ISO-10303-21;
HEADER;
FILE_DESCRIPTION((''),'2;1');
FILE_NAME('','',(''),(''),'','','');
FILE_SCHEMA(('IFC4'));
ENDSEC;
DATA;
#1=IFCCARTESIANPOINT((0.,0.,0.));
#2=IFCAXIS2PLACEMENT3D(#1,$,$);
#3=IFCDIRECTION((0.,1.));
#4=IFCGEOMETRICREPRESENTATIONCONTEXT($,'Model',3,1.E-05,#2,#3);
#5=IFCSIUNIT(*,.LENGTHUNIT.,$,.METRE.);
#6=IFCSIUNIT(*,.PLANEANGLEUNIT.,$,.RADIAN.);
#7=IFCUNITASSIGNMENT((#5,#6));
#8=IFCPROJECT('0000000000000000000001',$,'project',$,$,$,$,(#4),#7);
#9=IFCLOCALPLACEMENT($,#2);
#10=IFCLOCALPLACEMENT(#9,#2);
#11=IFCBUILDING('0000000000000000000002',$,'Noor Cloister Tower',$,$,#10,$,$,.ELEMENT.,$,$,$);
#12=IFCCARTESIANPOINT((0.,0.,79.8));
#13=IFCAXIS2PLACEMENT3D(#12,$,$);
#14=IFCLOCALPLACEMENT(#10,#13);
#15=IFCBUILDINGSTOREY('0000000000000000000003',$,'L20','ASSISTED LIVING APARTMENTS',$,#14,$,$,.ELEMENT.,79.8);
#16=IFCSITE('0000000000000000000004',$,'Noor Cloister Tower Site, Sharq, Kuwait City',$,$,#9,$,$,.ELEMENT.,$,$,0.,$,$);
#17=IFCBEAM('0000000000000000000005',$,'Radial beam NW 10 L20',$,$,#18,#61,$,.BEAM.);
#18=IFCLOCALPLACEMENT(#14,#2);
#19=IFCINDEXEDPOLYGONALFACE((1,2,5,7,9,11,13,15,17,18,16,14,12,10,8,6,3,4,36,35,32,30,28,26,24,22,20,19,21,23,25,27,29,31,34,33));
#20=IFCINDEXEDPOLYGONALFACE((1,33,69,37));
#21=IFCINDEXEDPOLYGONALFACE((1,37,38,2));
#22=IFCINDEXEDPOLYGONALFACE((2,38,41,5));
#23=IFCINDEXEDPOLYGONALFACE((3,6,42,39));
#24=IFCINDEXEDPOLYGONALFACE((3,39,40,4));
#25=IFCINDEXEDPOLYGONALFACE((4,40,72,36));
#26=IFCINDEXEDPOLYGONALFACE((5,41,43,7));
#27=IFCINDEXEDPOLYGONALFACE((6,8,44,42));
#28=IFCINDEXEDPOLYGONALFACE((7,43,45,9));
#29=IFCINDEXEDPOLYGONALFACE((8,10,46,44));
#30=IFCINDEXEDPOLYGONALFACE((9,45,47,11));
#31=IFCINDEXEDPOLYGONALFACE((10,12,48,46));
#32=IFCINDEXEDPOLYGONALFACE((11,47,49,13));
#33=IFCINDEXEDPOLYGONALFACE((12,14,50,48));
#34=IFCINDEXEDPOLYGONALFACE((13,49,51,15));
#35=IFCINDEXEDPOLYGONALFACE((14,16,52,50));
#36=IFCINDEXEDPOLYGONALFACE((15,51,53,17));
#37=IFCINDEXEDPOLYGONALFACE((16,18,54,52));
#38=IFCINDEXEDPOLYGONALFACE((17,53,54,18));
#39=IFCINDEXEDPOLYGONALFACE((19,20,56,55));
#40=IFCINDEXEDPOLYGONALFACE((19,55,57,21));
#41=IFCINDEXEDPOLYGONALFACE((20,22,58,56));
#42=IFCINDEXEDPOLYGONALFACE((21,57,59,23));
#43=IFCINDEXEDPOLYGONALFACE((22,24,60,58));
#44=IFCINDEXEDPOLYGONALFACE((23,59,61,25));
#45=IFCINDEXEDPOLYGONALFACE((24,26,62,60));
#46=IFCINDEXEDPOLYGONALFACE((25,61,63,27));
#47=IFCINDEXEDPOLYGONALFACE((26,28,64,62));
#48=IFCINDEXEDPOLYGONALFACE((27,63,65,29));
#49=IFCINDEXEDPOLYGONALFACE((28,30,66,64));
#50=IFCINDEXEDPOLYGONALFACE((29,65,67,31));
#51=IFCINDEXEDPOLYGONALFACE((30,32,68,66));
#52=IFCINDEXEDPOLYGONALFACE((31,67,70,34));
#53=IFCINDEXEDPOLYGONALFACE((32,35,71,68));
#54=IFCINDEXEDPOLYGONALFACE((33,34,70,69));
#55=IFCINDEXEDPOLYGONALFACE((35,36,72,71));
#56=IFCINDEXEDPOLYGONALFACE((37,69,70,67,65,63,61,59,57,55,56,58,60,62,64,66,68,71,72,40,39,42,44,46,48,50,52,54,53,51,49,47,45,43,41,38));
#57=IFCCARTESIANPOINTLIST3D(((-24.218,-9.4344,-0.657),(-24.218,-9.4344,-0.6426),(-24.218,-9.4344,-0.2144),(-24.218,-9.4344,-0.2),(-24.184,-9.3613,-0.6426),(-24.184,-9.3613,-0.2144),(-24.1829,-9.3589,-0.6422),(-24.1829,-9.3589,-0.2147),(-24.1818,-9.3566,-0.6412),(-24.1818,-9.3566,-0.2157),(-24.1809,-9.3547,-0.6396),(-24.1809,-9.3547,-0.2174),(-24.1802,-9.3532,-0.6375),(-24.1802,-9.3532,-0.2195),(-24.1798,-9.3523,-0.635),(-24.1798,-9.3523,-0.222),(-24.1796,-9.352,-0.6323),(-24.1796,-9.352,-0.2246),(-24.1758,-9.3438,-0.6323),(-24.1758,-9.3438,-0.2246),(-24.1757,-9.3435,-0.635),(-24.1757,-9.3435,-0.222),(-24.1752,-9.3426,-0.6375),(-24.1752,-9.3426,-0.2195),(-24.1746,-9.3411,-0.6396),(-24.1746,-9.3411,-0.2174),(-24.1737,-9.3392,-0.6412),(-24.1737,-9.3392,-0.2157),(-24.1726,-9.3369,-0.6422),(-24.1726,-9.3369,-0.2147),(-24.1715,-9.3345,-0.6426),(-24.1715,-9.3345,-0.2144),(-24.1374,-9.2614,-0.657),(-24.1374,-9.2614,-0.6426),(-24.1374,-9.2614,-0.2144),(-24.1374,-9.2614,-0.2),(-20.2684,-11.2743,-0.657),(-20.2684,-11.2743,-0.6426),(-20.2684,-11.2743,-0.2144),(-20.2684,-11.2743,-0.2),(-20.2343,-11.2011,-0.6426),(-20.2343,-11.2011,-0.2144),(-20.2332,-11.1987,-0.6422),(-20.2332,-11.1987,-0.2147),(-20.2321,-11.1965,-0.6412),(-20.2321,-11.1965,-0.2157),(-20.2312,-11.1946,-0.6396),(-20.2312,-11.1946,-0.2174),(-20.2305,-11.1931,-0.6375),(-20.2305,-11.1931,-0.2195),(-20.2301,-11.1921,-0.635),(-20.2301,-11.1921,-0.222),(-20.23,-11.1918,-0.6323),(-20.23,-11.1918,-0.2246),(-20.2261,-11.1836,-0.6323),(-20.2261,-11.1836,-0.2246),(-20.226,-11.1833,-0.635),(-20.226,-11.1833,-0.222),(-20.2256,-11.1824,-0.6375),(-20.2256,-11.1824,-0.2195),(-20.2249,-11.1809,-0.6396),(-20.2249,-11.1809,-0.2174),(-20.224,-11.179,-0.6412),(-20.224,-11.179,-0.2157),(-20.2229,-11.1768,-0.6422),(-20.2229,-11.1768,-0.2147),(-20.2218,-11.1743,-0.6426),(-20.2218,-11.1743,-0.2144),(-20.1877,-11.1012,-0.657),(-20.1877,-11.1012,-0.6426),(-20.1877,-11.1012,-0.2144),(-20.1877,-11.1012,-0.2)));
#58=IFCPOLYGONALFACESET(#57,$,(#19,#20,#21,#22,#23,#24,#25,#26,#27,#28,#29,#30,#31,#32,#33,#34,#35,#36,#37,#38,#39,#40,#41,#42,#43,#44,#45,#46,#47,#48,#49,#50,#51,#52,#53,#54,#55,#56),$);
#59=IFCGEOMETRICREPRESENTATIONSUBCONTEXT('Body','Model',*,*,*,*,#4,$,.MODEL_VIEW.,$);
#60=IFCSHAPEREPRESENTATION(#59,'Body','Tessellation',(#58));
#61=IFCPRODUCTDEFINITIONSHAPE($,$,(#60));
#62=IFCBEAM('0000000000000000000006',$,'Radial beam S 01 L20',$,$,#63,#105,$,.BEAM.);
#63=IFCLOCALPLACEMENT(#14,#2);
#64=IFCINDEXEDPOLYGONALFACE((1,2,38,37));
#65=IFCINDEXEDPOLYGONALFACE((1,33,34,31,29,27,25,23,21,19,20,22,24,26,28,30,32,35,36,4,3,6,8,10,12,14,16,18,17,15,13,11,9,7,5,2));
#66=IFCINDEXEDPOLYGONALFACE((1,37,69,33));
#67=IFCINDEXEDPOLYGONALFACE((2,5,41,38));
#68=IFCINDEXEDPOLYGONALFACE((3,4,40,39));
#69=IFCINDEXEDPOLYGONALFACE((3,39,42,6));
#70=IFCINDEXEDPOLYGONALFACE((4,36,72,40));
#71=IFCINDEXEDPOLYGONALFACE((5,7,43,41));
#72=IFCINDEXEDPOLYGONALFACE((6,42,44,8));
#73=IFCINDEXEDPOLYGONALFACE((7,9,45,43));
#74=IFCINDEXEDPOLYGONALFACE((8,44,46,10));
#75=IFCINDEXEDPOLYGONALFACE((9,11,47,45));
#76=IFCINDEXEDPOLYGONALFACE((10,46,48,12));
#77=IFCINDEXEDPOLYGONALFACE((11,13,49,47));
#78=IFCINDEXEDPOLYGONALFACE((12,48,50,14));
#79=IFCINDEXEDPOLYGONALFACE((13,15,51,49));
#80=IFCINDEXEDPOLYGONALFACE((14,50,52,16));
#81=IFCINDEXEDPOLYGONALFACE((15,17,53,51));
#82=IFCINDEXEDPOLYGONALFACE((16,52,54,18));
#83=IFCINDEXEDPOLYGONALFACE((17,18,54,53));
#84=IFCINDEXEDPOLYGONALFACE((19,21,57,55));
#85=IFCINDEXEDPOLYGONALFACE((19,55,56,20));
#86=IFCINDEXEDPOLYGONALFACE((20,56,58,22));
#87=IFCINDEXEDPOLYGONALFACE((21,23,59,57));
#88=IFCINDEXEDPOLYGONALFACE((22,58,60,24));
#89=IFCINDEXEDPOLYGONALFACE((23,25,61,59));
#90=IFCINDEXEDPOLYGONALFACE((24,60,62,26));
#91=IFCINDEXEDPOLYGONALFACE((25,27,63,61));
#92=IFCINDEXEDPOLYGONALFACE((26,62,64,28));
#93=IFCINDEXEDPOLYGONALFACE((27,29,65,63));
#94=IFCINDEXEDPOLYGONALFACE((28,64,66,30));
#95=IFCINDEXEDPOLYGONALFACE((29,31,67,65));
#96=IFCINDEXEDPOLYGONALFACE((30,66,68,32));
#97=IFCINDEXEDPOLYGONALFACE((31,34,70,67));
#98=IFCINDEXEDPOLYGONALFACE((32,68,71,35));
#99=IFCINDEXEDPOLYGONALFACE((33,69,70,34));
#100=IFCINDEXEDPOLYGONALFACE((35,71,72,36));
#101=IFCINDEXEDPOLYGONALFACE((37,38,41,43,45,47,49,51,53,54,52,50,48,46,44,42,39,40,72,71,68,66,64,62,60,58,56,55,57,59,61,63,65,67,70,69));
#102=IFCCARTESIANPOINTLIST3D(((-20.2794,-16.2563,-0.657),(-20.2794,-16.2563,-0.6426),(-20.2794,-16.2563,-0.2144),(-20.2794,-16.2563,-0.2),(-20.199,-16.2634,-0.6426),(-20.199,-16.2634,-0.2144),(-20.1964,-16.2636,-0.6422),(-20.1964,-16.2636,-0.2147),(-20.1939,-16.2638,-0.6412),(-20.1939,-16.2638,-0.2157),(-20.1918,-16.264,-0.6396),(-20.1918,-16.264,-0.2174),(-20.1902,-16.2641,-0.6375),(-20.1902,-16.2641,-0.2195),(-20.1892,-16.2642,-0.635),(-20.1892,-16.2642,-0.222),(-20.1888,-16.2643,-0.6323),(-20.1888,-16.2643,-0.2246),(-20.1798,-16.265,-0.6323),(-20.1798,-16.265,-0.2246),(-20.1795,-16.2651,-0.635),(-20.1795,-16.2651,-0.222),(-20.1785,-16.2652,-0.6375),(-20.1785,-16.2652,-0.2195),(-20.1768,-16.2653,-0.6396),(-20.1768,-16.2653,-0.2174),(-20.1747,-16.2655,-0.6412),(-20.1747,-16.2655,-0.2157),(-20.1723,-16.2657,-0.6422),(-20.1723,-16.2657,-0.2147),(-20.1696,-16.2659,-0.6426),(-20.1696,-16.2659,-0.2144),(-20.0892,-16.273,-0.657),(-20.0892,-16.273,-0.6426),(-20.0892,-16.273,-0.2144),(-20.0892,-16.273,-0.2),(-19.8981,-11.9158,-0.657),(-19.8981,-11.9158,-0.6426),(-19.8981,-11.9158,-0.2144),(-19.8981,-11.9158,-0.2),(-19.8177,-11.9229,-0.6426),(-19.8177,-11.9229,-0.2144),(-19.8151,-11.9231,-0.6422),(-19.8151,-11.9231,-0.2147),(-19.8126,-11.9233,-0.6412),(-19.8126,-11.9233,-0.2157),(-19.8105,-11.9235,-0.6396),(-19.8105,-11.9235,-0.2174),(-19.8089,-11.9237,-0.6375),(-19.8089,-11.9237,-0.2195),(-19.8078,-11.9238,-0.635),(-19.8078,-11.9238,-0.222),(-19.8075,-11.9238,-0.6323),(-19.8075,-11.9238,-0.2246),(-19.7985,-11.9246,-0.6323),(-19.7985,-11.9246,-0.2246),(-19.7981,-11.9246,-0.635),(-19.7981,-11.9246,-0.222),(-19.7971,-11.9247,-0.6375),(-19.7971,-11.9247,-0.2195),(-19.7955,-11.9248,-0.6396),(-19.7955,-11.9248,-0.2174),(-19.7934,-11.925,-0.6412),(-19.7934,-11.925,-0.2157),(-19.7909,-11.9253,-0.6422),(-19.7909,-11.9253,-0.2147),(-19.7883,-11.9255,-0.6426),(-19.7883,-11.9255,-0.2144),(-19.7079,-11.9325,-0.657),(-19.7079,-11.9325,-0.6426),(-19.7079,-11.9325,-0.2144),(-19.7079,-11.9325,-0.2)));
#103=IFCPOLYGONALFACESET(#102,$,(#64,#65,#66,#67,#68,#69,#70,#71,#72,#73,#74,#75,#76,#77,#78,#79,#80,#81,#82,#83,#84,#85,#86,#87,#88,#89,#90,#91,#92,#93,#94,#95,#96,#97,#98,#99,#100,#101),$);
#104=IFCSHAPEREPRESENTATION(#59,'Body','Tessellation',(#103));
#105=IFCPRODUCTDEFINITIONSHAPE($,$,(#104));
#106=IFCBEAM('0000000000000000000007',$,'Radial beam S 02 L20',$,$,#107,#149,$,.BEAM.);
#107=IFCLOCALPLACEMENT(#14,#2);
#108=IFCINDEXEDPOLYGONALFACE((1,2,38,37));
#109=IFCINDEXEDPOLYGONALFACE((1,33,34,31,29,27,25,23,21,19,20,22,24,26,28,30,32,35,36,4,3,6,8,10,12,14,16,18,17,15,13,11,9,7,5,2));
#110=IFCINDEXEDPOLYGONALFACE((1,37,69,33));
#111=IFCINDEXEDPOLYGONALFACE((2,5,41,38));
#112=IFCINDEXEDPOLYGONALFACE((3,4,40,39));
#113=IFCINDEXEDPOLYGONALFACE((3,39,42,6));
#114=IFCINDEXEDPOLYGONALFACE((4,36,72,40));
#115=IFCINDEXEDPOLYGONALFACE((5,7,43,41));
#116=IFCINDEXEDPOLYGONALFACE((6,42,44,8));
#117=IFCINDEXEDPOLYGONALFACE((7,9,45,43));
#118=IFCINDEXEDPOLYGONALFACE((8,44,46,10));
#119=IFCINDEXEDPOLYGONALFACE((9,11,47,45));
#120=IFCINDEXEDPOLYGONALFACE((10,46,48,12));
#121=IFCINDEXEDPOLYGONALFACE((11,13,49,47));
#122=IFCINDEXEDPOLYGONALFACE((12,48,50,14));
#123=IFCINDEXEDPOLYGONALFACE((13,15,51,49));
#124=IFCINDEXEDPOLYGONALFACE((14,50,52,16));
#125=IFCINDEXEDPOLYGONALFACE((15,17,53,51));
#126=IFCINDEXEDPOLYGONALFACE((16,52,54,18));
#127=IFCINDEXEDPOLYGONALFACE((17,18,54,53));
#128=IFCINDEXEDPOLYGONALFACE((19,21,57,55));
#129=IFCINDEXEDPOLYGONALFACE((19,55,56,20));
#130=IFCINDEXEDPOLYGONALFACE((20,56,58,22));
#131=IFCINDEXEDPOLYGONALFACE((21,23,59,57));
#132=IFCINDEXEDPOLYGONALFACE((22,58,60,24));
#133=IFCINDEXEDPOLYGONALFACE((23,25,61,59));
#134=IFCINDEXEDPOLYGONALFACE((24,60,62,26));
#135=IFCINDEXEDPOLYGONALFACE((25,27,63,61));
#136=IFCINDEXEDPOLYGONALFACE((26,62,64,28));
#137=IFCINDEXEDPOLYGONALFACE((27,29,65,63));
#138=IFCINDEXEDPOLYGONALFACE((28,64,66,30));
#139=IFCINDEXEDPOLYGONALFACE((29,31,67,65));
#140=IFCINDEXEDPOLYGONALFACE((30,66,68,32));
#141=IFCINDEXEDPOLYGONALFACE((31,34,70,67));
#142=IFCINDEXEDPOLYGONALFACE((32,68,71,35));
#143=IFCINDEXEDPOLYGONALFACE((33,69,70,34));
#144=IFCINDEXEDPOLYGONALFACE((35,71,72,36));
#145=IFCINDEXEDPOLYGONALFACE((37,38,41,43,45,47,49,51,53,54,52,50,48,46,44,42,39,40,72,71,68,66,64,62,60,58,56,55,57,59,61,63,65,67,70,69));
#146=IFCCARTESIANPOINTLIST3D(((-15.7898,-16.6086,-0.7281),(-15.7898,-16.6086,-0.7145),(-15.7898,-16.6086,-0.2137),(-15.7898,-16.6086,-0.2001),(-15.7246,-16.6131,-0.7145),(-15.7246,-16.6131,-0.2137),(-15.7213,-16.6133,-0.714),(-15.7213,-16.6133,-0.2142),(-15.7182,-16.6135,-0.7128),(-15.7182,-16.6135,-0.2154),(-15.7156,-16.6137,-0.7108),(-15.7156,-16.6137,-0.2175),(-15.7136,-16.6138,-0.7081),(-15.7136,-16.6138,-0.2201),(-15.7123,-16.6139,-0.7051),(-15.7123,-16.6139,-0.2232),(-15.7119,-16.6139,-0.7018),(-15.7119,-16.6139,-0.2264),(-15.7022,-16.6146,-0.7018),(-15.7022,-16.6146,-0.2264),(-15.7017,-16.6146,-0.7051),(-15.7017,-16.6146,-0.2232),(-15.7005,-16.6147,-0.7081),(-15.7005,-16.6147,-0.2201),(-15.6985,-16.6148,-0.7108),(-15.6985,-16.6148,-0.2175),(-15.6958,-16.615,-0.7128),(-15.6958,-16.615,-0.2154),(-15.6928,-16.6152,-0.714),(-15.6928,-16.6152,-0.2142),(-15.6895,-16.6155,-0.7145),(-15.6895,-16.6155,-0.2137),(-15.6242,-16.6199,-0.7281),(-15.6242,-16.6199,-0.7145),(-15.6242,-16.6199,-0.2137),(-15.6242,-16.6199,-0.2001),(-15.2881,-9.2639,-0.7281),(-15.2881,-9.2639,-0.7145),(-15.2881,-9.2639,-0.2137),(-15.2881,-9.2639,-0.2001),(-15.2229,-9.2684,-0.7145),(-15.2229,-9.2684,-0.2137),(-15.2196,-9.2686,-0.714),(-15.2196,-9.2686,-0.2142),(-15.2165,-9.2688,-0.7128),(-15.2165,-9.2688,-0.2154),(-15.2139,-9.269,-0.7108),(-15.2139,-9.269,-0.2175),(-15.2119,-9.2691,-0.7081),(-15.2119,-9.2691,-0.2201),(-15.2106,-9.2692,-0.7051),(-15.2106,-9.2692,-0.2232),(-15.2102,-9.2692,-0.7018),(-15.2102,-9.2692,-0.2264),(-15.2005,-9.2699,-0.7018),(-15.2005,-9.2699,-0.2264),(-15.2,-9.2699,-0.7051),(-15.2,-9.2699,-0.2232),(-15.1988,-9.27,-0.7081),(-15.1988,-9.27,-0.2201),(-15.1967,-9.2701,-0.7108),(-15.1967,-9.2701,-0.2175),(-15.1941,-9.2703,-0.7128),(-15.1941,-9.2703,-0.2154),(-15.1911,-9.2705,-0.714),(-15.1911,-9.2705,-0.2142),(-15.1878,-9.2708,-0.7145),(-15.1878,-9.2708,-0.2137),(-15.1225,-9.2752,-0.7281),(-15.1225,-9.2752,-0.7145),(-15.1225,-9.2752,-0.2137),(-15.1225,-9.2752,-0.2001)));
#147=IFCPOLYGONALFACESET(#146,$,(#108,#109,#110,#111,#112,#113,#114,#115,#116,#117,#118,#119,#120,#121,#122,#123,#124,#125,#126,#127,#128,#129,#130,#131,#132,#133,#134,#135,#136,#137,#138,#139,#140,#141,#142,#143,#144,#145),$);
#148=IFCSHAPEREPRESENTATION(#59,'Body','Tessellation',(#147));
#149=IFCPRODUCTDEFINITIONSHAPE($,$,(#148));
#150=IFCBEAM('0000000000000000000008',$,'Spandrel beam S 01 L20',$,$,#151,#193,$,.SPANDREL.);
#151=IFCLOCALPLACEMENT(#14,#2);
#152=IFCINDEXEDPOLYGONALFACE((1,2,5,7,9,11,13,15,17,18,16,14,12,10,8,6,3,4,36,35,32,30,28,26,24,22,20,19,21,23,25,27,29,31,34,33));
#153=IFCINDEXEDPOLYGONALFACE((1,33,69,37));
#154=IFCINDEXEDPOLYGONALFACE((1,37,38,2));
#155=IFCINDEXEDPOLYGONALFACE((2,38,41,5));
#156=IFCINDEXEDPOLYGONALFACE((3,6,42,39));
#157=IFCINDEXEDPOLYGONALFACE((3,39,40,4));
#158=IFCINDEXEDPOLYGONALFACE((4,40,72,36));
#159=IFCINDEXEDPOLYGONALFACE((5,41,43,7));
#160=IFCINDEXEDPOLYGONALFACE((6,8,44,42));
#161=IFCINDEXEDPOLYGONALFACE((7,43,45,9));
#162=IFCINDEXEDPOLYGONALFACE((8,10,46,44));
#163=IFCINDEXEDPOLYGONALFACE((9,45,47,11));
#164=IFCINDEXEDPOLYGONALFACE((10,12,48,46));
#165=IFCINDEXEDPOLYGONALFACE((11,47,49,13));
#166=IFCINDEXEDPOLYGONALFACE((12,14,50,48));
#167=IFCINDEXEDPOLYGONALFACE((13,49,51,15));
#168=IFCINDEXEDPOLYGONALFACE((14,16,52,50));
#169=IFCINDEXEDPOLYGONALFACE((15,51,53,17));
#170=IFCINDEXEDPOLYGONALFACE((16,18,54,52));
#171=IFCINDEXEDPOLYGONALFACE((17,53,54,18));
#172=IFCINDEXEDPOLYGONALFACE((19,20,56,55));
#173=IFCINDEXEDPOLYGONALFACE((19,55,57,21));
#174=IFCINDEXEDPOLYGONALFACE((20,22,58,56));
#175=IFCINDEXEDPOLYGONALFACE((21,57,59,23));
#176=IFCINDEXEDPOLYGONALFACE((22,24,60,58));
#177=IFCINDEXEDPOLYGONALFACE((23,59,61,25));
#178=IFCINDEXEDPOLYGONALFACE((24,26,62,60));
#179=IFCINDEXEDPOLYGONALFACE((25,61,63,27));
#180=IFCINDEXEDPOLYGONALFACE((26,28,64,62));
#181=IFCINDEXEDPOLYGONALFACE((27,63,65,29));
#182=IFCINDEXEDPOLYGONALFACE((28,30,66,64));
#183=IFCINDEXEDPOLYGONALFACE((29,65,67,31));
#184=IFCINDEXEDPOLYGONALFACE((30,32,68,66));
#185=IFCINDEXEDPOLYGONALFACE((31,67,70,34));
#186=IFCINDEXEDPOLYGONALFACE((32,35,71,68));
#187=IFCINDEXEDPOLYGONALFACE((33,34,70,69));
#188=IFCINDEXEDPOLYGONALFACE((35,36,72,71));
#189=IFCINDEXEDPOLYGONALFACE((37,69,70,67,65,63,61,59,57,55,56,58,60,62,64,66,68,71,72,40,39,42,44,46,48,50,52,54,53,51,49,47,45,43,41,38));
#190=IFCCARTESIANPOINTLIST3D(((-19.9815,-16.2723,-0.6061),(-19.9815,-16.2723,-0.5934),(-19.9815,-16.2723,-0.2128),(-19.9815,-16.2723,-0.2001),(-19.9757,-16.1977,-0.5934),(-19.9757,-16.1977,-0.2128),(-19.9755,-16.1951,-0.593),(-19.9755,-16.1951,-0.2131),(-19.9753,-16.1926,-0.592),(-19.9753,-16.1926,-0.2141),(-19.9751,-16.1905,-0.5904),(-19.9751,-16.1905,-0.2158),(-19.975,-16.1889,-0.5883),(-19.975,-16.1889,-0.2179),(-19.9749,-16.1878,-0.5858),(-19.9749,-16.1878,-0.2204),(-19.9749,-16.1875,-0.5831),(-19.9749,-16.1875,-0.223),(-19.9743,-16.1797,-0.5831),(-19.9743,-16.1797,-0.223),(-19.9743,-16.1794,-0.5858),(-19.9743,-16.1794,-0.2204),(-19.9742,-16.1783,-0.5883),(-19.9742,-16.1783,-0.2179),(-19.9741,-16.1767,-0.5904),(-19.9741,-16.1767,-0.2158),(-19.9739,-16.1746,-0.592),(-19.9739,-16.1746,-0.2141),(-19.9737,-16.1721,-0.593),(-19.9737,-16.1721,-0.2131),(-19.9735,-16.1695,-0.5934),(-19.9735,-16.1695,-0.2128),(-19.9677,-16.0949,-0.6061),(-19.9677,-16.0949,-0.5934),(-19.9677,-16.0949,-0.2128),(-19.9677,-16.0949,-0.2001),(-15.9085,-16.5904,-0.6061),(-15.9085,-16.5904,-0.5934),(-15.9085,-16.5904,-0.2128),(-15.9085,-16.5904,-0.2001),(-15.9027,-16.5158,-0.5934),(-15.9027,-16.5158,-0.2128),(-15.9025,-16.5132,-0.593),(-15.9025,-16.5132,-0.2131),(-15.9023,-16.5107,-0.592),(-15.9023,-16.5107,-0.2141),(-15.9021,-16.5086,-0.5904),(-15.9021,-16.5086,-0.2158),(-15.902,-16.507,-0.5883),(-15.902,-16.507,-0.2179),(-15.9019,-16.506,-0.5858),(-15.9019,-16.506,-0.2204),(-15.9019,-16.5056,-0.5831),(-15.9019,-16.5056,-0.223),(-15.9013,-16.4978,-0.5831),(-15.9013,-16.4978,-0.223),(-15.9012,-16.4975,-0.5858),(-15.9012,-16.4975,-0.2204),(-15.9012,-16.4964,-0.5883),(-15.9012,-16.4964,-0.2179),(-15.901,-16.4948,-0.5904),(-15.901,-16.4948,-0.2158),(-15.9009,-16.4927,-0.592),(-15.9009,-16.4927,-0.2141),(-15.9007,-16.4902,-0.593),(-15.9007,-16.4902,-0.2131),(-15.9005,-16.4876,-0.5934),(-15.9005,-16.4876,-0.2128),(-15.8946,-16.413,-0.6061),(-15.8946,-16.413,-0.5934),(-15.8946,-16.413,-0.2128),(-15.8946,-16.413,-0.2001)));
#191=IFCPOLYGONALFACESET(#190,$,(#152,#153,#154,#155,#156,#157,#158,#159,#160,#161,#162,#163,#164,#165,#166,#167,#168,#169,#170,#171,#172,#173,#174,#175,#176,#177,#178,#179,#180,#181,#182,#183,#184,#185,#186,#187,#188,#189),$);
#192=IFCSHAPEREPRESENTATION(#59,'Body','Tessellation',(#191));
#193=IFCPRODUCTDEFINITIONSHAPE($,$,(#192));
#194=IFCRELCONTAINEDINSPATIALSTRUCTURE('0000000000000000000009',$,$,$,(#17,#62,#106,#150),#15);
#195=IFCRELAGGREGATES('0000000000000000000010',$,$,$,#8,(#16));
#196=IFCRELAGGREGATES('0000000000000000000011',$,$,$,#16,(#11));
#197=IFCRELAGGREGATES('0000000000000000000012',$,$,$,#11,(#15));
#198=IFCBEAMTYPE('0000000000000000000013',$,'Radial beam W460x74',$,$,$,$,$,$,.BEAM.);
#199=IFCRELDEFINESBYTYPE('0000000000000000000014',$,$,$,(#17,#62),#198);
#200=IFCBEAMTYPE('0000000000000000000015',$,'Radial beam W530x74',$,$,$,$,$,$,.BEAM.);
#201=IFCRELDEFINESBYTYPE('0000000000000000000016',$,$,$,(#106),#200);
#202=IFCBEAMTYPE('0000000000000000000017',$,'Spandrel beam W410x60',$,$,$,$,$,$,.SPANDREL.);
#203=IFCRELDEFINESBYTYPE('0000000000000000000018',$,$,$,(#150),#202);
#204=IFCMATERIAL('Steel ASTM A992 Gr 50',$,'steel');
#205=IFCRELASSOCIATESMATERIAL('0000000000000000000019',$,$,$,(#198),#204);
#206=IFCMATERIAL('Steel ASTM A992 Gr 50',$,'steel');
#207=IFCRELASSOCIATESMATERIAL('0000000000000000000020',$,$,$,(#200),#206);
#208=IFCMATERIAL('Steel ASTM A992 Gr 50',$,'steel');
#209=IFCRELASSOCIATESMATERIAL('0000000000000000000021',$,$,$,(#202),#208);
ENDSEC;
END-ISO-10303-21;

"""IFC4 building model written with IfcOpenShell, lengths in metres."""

from ifc_helpers import new_model, si_unit, direction, frame, origin, origin_2d, place, context, subcontext, project, spatial, i_section, extrude, material, material_profile, profile_set, type_object, element, save


model = new_model("IFC4")

# Units and contexts
model_context = context("Model", 3, precision=1e-05, world=origin(), true_north=direction((0.0, 1.0)))
body_context = subcontext(model_context, "Body", "Model", "MODEL_VIEW")
ifc_project = project(units=[si_unit("LENGTHUNIT", "METRE"), si_unit("PLANEANGLEUNIT", "RADIAN")], contexts=[model_context])

# Site, building, storey
site_placement = place(None, origin())
site = spatial("IfcSite", under=ifc_project, at=site_placement, Name="Noor Cloister Tower Site, Sharq, Kuwait City", CompositionType="ELEMENT", RefElevation=0.0)
building_placement = place(site_placement, origin())
building = spatial("IfcBuilding", under=site, at=building_placement, Name="Noor Cloister Tower", CompositionType="ELEMENT")
storey_placement = place(building_placement, frame((0.0, 0.0, 79.8)))
storey = spatial("IfcBuildingStorey", under=building, at=storey_placement, Name="L20", Description="ASSISTED LIVING APARTMENTS", CompositionType="ELEMENT", Elevation=79.8)

# Beams
ifc_material_1 = material(Name="Steel ASTM A992 Gr 50", Category="steel")
ifc_material_profile_1 = material_profile(ifc_material_1, i_section(OverallWidth=0.1909, OverallDepth=0.457, WebThickness=0.009, FlangeThickness=0.0144, FilletRadius=0.0103, at=origin_2d()), Name="W460x74")
ifc_profile_set_1 = profile_set([ifc_material_profile_1], Name="Steel ASTM A992 Gr 50")
beam_type_1 = type_object("IfcBeamType", Name="Radial beam W460x74", PredefinedType="BEAM", material=ifc_profile_set_1)
for number, where, z_axis, x_axis, name in (
    (1, (-24.1777, -9.3479, -0.4285), (0.906478, -0.422253, 0.0), (0.422253, 0.906478, 0.0), "Radial beam NW 10 L20"),
    (2, (-20.1843, -16.2646, -0.4285), (0.087519, 0.996163, 0.0), (-0.996163, 0.087519, 0.0), "Radial beam S 01 L20"),
):
    element("IfcBeam", number, at=place(storey_placement, frame(where, z_axis=z_axis, x_axis=x_axis)), inside=storey, type_object=beam_type_1, Name=name, PredefinedType="BEAM", context=body_context, shape_type="SweptSolid", body=[
        extrude(i_section(OverallWidth=0.1909, OverallDepth=0.457, WebThickness=0.009, FlangeThickness=0.0144, FilletRadius=0.0103, at=origin_2d()), origin(), (0.0, 0.0, 1.0), 4.3572),
    ])
ifc_material_2 = material(Name="Steel ASTM A992 Gr 50", Category="steel")
ifc_material_profile_2 = material_profile(ifc_material_2, i_section(OverallWidth=0.166, OverallDepth=0.5281, WebThickness=0.0098, FlangeThickness=0.0137, FilletRadius=0.0127, at=origin_2d()), Name="W530x74")
ifc_profile_set_2 = profile_set([ifc_material_profile_2], Name="Steel ASTM A992 Gr 50")
beam_type_2 = type_object("IfcBeamType", Name="Radial beam W530x74", PredefinedType="BEAM", material=ifc_profile_set_2)
beam_placement = place(storey_placement, frame((-15.707, -16.6143, -0.4641), z_axis=(0.06815, 0.997675, 0.0), x_axis=(-0.997675, 0.06815, 0.0)))
element("IfcBeam", 3, at=beam_placement, inside=storey, type_object=beam_type_2, Name="Radial beam S 02 L20", PredefinedType="BEAM", context=body_context, shape_type="SweptSolid", body=[
    extrude(i_section(OverallWidth=0.166, OverallDepth=0.5281, WebThickness=0.0098, FlangeThickness=0.0137, FilletRadius=0.0127, at=origin_2d()), origin(), (0.0, 0.0, 1.0), 7.3618),
])
ifc_material_3 = material(Name="Steel ASTM A992 Gr 50", Category="steel")
ifc_material_profile_3 = material_profile(ifc_material_3, i_section(OverallWidth=0.178, OverallDepth=0.406, WebThickness=0.0078, FlangeThickness=0.0127, FilletRadius=0.0103, at=origin_2d()), Name="W410x60")
ifc_profile_set_3 = profile_set([ifc_material_profile_3], Name="Steel ASTM A992 Gr 50")
beam_type_3 = type_object("IfcBeamType", Name="Spandrel beam W410x60", PredefinedType="SPANDREL", material=ifc_profile_set_3)
for number, where, z_axis, x_axis, name in (
    (4, (-19.9746, -16.1836, -0.4031), (0.996964, -0.077866, 0.0), (0.077866, 0.996964, 0.0), "Spandrel beam S 01 L20"),
):
    element("IfcBeam", number, at=place(storey_placement, frame(where, z_axis=z_axis, x_axis=x_axis)), inside=storey, type_object=beam_type_3, Name=name, PredefinedType="SPANDREL", context=body_context, shape_type="SweptSolid", body=[
        extrude(i_section(OverallWidth=0.178, OverallDepth=0.406, WebThickness=0.0078, FlangeThickness=0.0127, FilletRadius=0.0103, at=origin_2d()), origin(), (0.0, 0.0, 1.0), 4.0854),
    ])

save(model, "model.ifc")
